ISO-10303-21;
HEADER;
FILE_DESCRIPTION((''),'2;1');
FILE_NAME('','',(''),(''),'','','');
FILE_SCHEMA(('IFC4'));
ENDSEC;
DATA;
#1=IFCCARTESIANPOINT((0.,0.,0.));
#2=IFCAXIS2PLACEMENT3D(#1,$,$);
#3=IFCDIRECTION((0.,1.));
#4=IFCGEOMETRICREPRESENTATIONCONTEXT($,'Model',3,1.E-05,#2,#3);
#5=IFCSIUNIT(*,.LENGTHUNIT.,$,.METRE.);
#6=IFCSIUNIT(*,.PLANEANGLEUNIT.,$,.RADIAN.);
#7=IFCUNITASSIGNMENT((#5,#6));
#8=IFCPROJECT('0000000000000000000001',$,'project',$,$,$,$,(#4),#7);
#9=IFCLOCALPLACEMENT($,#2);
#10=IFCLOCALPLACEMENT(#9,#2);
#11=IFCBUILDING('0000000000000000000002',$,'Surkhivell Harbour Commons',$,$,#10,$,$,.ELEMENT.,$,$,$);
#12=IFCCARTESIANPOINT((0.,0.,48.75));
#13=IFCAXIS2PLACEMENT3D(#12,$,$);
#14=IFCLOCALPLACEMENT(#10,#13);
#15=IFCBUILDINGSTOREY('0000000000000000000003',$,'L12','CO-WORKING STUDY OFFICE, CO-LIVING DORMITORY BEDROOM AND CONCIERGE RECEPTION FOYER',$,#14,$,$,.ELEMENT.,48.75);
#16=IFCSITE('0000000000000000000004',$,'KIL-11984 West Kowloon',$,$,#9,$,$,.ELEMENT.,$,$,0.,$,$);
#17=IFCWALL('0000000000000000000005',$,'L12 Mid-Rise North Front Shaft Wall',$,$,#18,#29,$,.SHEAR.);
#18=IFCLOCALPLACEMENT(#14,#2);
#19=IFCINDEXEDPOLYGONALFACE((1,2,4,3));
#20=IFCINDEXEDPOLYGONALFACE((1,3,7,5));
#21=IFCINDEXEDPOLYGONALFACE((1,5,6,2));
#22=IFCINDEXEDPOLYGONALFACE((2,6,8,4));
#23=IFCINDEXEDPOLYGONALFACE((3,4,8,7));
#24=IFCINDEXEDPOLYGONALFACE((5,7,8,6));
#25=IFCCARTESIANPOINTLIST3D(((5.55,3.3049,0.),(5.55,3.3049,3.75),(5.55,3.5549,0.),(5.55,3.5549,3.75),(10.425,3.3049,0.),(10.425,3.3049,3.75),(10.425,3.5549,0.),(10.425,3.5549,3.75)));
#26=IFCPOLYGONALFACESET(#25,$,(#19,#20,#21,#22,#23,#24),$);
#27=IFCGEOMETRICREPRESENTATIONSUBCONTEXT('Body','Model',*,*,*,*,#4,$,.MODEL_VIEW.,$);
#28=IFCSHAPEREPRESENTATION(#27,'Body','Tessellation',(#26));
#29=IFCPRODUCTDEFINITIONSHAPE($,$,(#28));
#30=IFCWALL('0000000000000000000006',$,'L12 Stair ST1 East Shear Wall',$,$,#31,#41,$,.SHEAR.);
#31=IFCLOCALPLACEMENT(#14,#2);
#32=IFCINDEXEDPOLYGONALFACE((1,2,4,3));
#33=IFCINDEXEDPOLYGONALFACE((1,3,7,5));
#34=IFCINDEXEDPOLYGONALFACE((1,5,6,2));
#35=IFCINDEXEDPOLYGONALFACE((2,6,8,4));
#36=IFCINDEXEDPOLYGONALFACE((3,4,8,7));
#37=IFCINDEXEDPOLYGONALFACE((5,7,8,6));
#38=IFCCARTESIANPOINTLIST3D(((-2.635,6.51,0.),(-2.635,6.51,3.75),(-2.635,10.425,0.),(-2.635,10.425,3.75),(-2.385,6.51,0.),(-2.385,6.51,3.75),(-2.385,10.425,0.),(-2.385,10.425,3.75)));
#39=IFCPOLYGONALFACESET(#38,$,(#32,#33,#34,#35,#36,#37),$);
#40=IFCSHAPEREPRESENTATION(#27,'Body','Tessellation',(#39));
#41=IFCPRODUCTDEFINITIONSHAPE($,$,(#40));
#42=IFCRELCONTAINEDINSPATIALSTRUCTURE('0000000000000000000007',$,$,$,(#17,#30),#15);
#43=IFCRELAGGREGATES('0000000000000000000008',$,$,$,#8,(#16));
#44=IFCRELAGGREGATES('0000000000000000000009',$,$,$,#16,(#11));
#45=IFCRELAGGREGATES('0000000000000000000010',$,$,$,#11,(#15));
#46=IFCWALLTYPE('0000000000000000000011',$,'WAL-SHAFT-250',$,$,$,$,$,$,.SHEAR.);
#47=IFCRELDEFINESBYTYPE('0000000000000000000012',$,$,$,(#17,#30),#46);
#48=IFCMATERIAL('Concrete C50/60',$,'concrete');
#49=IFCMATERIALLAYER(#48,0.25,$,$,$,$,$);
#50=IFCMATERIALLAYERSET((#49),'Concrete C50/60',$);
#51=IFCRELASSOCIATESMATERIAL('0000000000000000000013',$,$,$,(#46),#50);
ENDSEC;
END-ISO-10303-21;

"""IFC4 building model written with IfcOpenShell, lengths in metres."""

from ifc_helpers import new_model, si_unit, direction, frame, frame_2d, origin, place, context, subcontext, project, spatial, rectangle, extrude, material, layer, layer_set, type_object, element, save


model = new_model("IFC4")

# Units and contexts
model_context = context("Model", 3, precision=1e-05, world=origin(), true_north=direction((0.0, 1.0)))
body_context = subcontext(model_context, "Body", "Model", "MODEL_VIEW")
ifc_project = project(units=[si_unit("LENGTHUNIT", "METRE"), si_unit("PLANEANGLEUNIT", "RADIAN")], contexts=[model_context])

# Site, building, storey
site_placement = place(None, origin())
site = spatial("IfcSite", under=ifc_project, at=site_placement, Name="KIL-11984 West Kowloon", CompositionType="ELEMENT", RefElevation=0.0)
building_placement = place(site_placement, origin())
building = spatial("IfcBuilding", under=site, at=building_placement, Name="Surkhivell Harbour Commons", CompositionType="ELEMENT")
storey_placement = place(building_placement, frame((0.0, 0.0, 48.75)))
storey = spatial("IfcBuildingStorey", under=building, at=storey_placement, Name="L12", Description="CO-WORKING STUDY OFFICE, CO-LIVING DORMITORY BEDROOM AND CONCIERGE RECEPTION FOYER", CompositionType="ELEMENT", Elevation=48.75)

# Shared definitions
ifc_material_1 = material(Name="Concrete C50/60", Category="concrete")
ifc_layer_1 = layer(ifc_material_1, 0.25)
ifc_layer_set_1 = layer_set([ifc_layer_1], Name="Concrete C50/60")
wall_type_1 = type_object("IfcWallType", Name="WAL-SHAFT-250", PredefinedType="SHEAR", material=ifc_layer_set_1)

# Walls
wall_1_placement = place(storey_placement, frame((5.55, 3.4299, 0.0), z_axis=(0.0, 0.0, 1.0), x_axis=(1.0, 0.0, 0.0)))
element("IfcWall", 1, at=wall_1_placement, inside=storey, type_object=wall_type_1, Name="L12 Mid-Rise North Front Shaft Wall", PredefinedType="SHEAR", context=body_context, shape_type="SweptSolid", body=[
    extrude(rectangle(XDim=4.875, YDim=0.25, at=frame_2d((2.4375, 0.0))), origin(), (0.0, 0.0, 1.0), 3.75),
])
wall_2_placement = place(storey_placement, frame((-2.51, 6.51, 0.0), z_axis=(0.0, 0.0, 1.0), x_axis=(0.0, 1.0, 0.0)))
element("IfcWall", 2, at=wall_2_placement, inside=storey, type_object=wall_type_1, Name="L12 Stair ST1 East Shear Wall", PredefinedType="SHEAR", context=body_context, shape_type="SweptSolid", body=[
    extrude(rectangle(XDim=3.915, YDim=0.25, at=frame_2d((1.9575, 0.0))), origin(), (0.0, 0.0, 1.0), 3.75),
])

save(model, "model.ifc")
